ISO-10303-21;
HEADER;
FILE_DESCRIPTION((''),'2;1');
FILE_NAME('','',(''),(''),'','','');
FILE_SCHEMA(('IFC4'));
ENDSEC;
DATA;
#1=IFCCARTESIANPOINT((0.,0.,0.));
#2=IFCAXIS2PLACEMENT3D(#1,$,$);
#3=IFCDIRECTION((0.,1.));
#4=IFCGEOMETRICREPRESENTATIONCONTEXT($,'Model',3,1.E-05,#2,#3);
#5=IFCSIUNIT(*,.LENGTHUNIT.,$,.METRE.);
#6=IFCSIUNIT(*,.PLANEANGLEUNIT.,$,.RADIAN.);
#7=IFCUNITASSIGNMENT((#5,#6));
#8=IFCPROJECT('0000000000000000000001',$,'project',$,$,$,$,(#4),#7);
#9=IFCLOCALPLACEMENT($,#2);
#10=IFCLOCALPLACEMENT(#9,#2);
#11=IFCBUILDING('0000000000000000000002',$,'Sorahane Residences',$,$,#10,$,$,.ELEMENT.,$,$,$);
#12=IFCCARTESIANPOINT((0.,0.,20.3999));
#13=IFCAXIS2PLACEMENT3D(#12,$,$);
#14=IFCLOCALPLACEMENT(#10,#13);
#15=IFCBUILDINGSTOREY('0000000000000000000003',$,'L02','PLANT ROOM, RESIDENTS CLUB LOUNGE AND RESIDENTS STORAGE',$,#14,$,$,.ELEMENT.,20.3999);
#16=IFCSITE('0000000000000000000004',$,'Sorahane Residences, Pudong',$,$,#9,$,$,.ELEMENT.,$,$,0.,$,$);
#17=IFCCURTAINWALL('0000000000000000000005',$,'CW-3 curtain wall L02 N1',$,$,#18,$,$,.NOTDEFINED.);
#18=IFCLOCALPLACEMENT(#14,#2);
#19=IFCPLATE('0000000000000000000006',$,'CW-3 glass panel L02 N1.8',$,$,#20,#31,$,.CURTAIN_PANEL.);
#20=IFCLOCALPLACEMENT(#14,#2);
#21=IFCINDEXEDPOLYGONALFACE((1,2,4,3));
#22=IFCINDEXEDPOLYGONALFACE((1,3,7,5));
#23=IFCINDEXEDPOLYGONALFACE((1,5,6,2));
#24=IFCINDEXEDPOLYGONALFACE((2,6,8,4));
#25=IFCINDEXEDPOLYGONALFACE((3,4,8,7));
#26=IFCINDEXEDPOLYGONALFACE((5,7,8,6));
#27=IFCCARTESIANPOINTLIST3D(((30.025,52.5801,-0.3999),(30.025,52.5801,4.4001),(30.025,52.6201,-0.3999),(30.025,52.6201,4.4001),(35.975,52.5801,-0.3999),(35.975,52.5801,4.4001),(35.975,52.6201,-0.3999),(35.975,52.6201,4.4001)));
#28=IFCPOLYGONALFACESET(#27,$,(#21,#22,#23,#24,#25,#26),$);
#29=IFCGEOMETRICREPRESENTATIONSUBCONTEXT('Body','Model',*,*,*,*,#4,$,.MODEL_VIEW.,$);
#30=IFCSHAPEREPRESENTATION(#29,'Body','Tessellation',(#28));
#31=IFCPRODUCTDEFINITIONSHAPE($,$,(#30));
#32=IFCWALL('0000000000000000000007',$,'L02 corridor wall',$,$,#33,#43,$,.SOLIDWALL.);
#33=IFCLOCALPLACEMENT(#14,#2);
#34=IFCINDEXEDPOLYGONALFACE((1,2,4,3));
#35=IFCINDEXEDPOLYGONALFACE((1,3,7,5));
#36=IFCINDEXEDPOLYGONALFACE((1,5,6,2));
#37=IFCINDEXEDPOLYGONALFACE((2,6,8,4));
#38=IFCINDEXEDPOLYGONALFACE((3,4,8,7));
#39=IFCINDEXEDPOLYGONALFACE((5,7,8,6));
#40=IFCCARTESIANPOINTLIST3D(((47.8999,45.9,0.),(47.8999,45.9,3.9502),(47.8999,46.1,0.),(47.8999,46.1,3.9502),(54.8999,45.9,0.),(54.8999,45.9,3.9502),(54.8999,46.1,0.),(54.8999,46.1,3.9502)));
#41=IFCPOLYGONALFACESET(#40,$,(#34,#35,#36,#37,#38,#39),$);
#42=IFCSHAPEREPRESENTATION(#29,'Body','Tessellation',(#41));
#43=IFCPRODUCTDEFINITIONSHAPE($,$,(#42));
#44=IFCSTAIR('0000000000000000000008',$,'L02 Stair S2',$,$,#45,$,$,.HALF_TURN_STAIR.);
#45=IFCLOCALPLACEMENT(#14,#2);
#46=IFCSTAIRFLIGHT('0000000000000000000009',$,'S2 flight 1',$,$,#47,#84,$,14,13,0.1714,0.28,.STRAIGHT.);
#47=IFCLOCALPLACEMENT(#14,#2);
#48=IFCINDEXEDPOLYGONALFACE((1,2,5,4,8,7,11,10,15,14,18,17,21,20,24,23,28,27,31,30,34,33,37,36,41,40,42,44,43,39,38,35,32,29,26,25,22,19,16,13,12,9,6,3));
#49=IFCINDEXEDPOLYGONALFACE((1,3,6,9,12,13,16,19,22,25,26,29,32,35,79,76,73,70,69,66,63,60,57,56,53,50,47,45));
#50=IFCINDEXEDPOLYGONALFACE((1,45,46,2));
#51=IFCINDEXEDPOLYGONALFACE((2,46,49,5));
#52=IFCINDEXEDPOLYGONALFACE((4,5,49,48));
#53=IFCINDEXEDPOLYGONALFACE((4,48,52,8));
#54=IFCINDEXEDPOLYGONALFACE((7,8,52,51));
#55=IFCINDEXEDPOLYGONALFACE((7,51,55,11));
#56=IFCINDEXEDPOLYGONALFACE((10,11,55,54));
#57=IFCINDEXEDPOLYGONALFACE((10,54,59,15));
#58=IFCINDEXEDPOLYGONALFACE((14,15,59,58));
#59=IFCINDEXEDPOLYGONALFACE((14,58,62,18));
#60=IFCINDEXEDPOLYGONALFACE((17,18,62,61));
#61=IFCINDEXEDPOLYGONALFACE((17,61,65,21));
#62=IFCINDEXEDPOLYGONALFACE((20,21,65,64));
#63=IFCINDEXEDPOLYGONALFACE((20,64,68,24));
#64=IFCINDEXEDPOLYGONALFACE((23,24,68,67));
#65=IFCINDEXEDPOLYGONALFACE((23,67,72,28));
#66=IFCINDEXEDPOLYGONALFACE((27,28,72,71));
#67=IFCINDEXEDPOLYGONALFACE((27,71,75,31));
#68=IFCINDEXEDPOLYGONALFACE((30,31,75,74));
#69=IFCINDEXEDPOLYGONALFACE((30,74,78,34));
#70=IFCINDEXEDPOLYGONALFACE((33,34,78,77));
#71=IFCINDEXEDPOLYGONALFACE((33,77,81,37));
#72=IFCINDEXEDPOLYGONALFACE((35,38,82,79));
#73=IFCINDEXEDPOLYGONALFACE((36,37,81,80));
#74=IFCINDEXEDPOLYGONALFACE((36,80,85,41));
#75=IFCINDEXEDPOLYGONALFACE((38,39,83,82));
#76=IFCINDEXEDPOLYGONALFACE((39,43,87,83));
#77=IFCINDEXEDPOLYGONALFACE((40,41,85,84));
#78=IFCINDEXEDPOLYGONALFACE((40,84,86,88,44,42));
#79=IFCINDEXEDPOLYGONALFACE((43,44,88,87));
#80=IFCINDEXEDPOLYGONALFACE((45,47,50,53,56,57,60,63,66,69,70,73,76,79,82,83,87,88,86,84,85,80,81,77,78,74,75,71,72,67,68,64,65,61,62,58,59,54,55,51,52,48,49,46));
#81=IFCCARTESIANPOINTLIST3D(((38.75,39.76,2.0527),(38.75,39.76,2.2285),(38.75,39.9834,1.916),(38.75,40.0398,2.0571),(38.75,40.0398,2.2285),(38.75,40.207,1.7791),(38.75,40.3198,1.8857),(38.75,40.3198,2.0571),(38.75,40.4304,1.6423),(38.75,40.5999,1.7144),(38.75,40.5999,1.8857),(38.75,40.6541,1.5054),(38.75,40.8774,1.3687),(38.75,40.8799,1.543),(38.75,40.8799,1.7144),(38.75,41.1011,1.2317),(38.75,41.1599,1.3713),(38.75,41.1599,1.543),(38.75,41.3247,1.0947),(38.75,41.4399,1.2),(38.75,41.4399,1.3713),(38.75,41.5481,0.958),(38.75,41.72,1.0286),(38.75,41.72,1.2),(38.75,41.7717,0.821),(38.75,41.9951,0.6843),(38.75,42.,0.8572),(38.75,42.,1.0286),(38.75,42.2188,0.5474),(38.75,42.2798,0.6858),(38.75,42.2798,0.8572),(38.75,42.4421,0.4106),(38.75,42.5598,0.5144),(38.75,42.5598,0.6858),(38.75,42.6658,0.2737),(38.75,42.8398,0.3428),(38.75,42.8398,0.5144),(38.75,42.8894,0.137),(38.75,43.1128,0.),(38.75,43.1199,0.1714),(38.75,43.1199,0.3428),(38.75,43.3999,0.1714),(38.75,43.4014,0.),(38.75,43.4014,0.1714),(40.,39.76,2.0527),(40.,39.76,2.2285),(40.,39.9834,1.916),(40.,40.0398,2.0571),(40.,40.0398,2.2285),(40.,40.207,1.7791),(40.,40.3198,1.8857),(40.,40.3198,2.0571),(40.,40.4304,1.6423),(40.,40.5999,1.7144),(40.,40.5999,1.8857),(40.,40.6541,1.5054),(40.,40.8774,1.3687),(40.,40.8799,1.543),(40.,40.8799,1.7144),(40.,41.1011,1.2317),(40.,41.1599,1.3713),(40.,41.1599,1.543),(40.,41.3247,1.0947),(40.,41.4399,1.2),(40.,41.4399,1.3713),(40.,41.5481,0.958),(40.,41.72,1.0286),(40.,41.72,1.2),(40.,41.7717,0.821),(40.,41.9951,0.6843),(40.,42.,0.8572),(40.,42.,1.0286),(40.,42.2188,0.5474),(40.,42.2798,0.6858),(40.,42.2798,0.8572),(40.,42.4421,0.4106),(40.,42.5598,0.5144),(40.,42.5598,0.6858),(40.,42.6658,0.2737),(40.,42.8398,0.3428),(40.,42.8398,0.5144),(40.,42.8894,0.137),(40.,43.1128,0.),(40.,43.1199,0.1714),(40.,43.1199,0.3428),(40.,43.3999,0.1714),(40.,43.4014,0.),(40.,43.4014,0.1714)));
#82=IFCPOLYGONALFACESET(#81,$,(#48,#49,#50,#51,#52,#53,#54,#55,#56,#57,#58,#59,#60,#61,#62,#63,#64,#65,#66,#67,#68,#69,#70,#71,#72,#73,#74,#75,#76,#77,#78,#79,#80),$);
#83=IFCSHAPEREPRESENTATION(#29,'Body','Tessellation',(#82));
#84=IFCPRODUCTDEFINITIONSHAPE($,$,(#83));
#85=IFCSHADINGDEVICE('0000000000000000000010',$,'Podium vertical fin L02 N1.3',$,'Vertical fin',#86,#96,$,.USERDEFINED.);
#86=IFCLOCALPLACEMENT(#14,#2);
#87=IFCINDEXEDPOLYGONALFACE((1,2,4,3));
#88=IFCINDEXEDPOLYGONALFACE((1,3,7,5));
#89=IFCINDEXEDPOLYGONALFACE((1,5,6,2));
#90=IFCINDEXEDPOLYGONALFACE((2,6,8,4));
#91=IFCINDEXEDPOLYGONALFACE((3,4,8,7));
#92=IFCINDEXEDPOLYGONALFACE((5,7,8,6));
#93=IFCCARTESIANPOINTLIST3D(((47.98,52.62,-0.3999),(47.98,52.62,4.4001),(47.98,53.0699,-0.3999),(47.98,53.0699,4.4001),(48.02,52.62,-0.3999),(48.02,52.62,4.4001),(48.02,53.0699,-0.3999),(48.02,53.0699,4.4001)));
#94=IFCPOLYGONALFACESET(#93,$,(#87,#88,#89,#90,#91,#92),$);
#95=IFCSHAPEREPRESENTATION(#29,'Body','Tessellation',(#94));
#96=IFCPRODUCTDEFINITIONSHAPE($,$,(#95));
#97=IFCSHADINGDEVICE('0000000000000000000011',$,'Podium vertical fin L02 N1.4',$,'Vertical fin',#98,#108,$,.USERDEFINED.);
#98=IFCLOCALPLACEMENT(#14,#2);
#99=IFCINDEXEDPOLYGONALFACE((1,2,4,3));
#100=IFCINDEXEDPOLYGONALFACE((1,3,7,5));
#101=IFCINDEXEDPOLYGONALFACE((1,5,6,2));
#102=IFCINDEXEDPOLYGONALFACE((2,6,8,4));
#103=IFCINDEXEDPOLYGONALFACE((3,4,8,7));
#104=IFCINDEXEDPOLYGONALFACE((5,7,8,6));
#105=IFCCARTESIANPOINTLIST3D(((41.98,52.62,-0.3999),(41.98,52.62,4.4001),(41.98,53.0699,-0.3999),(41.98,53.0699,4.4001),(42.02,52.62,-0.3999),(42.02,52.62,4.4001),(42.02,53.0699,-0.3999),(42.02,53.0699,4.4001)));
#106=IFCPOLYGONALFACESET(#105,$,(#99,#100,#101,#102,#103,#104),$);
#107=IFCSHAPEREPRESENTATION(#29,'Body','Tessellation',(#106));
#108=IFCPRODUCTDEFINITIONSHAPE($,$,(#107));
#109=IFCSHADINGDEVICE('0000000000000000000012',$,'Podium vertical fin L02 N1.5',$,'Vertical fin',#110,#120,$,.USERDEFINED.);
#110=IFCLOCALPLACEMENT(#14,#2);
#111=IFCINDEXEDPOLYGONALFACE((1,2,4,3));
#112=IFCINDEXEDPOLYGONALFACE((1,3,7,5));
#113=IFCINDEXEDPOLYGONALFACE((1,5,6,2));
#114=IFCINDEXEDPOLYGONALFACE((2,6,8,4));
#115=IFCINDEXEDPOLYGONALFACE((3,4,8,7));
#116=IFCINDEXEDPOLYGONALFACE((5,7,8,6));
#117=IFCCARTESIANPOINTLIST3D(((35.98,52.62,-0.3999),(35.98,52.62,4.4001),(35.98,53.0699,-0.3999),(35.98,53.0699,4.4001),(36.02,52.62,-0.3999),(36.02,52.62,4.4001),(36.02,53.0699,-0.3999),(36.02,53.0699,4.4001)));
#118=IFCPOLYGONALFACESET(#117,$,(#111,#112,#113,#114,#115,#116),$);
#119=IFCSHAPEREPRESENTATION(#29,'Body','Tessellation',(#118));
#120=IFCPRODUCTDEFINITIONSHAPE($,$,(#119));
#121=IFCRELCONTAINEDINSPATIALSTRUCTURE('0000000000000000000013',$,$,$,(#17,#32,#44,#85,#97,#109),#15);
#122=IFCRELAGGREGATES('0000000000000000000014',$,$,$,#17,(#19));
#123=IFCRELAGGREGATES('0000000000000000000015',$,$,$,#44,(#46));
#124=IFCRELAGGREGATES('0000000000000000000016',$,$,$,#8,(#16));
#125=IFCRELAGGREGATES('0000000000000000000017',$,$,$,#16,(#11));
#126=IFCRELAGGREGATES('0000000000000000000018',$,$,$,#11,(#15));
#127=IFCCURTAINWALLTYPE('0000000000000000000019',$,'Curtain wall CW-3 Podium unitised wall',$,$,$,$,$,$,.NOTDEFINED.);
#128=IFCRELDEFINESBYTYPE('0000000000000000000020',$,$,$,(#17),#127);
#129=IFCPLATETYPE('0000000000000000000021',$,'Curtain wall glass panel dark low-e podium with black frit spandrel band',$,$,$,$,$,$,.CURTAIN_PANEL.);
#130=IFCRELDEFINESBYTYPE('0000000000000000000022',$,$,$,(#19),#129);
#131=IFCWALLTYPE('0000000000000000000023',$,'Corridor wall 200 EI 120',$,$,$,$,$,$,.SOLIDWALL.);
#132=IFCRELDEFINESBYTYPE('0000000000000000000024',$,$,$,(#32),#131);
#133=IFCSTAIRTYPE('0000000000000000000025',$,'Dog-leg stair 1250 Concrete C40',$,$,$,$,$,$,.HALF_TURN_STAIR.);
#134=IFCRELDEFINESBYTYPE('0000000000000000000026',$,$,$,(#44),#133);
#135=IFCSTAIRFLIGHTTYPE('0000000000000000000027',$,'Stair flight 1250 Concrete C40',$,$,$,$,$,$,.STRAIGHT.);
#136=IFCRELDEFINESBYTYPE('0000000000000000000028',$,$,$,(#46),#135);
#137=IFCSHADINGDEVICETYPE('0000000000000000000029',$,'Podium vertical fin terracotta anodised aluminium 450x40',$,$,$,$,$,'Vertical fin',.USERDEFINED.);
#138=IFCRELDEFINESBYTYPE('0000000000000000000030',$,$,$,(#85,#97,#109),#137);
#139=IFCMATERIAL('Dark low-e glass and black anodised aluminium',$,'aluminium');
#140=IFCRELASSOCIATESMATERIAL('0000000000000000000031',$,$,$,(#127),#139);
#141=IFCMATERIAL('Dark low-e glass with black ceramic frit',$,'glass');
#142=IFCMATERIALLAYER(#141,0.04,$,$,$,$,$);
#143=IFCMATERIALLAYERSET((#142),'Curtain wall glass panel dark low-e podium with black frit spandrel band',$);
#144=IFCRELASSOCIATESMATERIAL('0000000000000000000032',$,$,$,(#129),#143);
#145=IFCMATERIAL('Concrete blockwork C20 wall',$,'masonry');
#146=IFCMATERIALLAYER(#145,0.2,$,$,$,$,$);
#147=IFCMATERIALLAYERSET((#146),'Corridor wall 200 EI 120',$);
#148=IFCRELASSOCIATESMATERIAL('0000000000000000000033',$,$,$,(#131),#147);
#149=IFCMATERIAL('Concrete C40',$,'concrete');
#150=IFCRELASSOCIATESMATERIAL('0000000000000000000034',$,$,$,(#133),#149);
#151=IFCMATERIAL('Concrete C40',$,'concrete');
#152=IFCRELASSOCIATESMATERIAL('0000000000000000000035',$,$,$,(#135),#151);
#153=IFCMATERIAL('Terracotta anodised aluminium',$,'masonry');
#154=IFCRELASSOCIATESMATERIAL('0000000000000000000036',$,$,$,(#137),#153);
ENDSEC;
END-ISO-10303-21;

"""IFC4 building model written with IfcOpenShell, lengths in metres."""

from ifc_helpers import new_model, si_unit, direction, frame, frame_2d, origin, origin_2d, place, context, subcontext, project, spatial, polyline, rectangle, outline, extrude, material, layer, layer_set, material_profile, profile_set, type_object, element, aggregate, save


model = new_model("IFC4")

# Units and contexts
model_context = context("Model", 3, precision=1e-05, world=origin(), true_north=direction((0.0, 1.0)))
body_context = subcontext(model_context, "Body", "Model", "MODEL_VIEW")
ifc_project = project(units=[si_unit("LENGTHUNIT", "METRE"), si_unit("PLANEANGLEUNIT", "RADIAN")], contexts=[model_context])

# Site, building, storey
site_placement = place(None, origin())
site = spatial("IfcSite", under=ifc_project, at=site_placement, Name="Sorahane Residences, Pudong", CompositionType="ELEMENT", RefElevation=0.0)
building_placement = place(site_placement, origin())
building = spatial("IfcBuilding", under=site, at=building_placement, Name="Sorahane Residences", CompositionType="ELEMENT")
storey_placement = place(building_placement, frame((0.0, 0.0, 20.3999)))
storey = spatial("IfcBuildingStorey", under=building, at=storey_placement, Name="L02", Description="PLANT ROOM, RESIDENTS CLUB LOUNGE AND RESIDENTS STORAGE", CompositionType="ELEMENT", Elevation=20.3999)

# Curtain wall
ifc_material_1 = material(Name="Dark low-e glass and black anodised aluminium", Category="aluminium")
curtain_wall_type = type_object("IfcCurtainWallType", Name="Curtain wall CW-3 Podium unitised wall", PredefinedType="NOTDEFINED", material=ifc_material_1)
curtain_wall_placement = place(storey_placement, origin())
curtain_wall = element("IfcCurtainWall", 1, at=curtain_wall_placement, inside=storey, type_object=curtain_wall_type, Name="CW-3 curtain wall L02 N1", PredefinedType="NOTDEFINED")

# Plate
ifc_material_2 = material(Name="Dark low-e glass with black ceramic frit", Category="glass")
ifc_layer_1 = layer(ifc_material_2, 0.04)
ifc_layer_set_1 = layer_set([ifc_layer_1], Name="Curtain wall glass panel dark low-e podium with black frit spandrel band")
plate_type = type_object("IfcPlateType", Name="Curtain wall glass panel dark low-e podium with black frit spandrel band", PredefinedType="CURTAIN_PANEL", material=ifc_layer_set_1)
plate_1_placement = place(storey_placement, frame((33.0, 52.6001, -0.3999), z_axis=(0.0, 0.0, 1.0), x_axis=(-1.0, 0.0, 0.0)))
plate_1 = element("IfcPlate", 2, at=plate_1_placement, type_object=plate_type, Name="CW-3 glass panel L02 N1.8", PredefinedType="CURTAIN_PANEL", context=body_context, shape_type="SweptSolid", body=[
    extrude(rectangle(XDim=5.95, YDim=0.04, at=origin_2d()), origin(), (0.0, 0.0, 1.0), 4.8),
])
aggregate(curtain_wall, [plate_1])

# Wall
ifc_material_3 = material(Name="Concrete blockwork C20 wall", Category="masonry")
ifc_layer_2 = layer(ifc_material_3, 0.2)
ifc_layer_set_2 = layer_set([ifc_layer_2], Name="Corridor wall 200 EI 120")
wall_type = type_object("IfcWallType", Name="Corridor wall 200 EI 120", PredefinedType="SOLIDWALL", material=ifc_layer_set_2)
wall_placement = place(storey_placement, frame((47.8999, 46.0, 0.0), z_axis=(0.0, 0.0, 1.0), x_axis=(1.0, 0.0, 0.0)))
element("IfcWall", 3, at=wall_placement, inside=storey, type_object=wall_type, Name="L02 corridor wall", PredefinedType="SOLIDWALL", context=body_context, shape_type="SweptSolid", body=[
    extrude(rectangle(XDim=7.0, YDim=0.2, at=frame_2d((3.5, 0.0))), origin(), (0.0, 0.0, 1.0), 3.9502),
])

# Stair, stair flight
ifc_material_4 = material(Name="Concrete C40", Category="concrete")
stair_type = type_object("IfcStairType", Name="Dog-leg stair 1250 Concrete C40", PredefinedType="HALF_TURN_STAIR", material=ifc_material_4)
stair_placement = place(storey_placement, origin())
stair = element("IfcStair", 4, at=stair_placement, inside=storey, type_object=stair_type, Name="L02 Stair S2", PredefinedType="HALF_TURN_STAIR")
ifc_material_5 = material(Name="Concrete C40", Category="concrete")
stair_flight_type = type_object("IfcStairFlightType", Name="Stair flight 1250 Concrete C40", PredefinedType="STRAIGHT", material=ifc_material_5)
stair_flight_placement = place(storey_placement, frame((39.375, 43.3999, 0.0), z_axis=(0.0, 0.0, 1.0), x_axis=(0.0, -1.0, 0.0)))
stair_flight = element("IfcStairFlight", 5, at=stair_flight_placement, type_object=stair_flight_type, Name="S2 flight 1", NumberOfRisers=14, NumberOfTreads=13, PredefinedType="STRAIGHT", RiserHeight=0.1714, TreadLength=0.28, context=body_context, shape_type="SweptSolid", body=[
    extrude(outline(polyline([(-0.0015, 0.0), (-0.0015, 0.1714), (0.0, 0.1714), (0.28, 0.1714), (0.28, 0.3428), (0.5601, 0.3428), (0.5601, 0.5144), (0.8401, 0.5144), (0.8401, 0.6858), (1.1201, 0.6858), (1.1201, 0.8572), (1.3999, 0.8572), (1.3999, 1.0286), (1.6799, 1.0286), (1.6799, 1.2), (1.96, 1.2), (1.96, 1.3713), (2.24, 1.3713), (2.24, 1.543), (2.52, 1.543), (2.52, 1.7144), (2.8, 1.7144), (2.8, 1.8857), (3.0801, 1.8857), (3.0801, 2.0571), (3.3601, 2.0571), (3.3601, 2.2285), (3.6399, 2.2285), (3.6399, 2.3999), (3.6399, 2.0527), (3.4165, 1.916), (3.1929, 1.7791), (2.9695, 1.6423), (2.7458, 1.5054), (2.5225, 1.3687), (2.2988, 1.2317), (2.0752, 1.0947), (1.8518, 0.958), (1.6282, 0.821), (1.4048, 0.6843), (1.1812, 0.5474), (0.9578, 0.4106), (0.7341, 0.2737), (0.5105, 0.137), (0.2871, 0.0), (-0.0015, 0.0)])), frame((0.0, 0.625, 0.0), z_axis=(0.0, -1.0, 0.0), x_axis=(1.0, 0.0, 0.0)), (0.0, 0.0, 1.0), 1.25),
])
aggregate(stair, [stair_flight])

# Shading devices
ifc_material_6 = material(Name="Terracotta anodised aluminium", Category="masonry")
ifc_material_profile_1 = material_profile(ifc_material_6, rectangle(XDim=0.45, YDim=0.04, at=origin_2d()), Name="Podium vertical fin terracotta anodised aluminium 450x40")
ifc_profile_set_1 = profile_set([ifc_material_profile_1], Name="Terracotta anodised aluminium")
shading_device_type = type_object("IfcShadingDeviceType", Name="Podium vertical fin terracotta anodised aluminium 450x40", ElementType="Vertical fin", PredefinedType="USERDEFINED", material=ifc_profile_set_1)
for number, where, z_axis, x_axis, name in (
    (6, (48.0, 52.845, -0.3999), (0.0, 0.0, 1.0), (0.0, 1.0, 0.0), "Podium vertical fin L02 N1.3"),
    (7, (42.0, 52.845, -0.3999), (0.0, 0.0, 1.0), (0.0, 1.0, 0.0), "Podium vertical fin L02 N1.4"),
    (8, (36.0, 52.845, -0.3999), (0.0, 0.0, 1.0), (0.0, 1.0, 0.0), "Podium vertical fin L02 N1.5"),
):
    element("IfcShadingDevice", number, at=place(storey_placement, frame(where, z_axis=z_axis, x_axis=x_axis)), inside=storey, type_object=shading_device_type, Name=name, ObjectType="Vertical fin", PredefinedType="USERDEFINED", context=body_context, shape_type="SweptSolid", body=[
        extrude(rectangle(XDim=0.45, YDim=0.04, at=origin_2d()), origin(), (0.0, 0.0, 1.0), 4.8),
    ])

save(model, "model.ifc")
